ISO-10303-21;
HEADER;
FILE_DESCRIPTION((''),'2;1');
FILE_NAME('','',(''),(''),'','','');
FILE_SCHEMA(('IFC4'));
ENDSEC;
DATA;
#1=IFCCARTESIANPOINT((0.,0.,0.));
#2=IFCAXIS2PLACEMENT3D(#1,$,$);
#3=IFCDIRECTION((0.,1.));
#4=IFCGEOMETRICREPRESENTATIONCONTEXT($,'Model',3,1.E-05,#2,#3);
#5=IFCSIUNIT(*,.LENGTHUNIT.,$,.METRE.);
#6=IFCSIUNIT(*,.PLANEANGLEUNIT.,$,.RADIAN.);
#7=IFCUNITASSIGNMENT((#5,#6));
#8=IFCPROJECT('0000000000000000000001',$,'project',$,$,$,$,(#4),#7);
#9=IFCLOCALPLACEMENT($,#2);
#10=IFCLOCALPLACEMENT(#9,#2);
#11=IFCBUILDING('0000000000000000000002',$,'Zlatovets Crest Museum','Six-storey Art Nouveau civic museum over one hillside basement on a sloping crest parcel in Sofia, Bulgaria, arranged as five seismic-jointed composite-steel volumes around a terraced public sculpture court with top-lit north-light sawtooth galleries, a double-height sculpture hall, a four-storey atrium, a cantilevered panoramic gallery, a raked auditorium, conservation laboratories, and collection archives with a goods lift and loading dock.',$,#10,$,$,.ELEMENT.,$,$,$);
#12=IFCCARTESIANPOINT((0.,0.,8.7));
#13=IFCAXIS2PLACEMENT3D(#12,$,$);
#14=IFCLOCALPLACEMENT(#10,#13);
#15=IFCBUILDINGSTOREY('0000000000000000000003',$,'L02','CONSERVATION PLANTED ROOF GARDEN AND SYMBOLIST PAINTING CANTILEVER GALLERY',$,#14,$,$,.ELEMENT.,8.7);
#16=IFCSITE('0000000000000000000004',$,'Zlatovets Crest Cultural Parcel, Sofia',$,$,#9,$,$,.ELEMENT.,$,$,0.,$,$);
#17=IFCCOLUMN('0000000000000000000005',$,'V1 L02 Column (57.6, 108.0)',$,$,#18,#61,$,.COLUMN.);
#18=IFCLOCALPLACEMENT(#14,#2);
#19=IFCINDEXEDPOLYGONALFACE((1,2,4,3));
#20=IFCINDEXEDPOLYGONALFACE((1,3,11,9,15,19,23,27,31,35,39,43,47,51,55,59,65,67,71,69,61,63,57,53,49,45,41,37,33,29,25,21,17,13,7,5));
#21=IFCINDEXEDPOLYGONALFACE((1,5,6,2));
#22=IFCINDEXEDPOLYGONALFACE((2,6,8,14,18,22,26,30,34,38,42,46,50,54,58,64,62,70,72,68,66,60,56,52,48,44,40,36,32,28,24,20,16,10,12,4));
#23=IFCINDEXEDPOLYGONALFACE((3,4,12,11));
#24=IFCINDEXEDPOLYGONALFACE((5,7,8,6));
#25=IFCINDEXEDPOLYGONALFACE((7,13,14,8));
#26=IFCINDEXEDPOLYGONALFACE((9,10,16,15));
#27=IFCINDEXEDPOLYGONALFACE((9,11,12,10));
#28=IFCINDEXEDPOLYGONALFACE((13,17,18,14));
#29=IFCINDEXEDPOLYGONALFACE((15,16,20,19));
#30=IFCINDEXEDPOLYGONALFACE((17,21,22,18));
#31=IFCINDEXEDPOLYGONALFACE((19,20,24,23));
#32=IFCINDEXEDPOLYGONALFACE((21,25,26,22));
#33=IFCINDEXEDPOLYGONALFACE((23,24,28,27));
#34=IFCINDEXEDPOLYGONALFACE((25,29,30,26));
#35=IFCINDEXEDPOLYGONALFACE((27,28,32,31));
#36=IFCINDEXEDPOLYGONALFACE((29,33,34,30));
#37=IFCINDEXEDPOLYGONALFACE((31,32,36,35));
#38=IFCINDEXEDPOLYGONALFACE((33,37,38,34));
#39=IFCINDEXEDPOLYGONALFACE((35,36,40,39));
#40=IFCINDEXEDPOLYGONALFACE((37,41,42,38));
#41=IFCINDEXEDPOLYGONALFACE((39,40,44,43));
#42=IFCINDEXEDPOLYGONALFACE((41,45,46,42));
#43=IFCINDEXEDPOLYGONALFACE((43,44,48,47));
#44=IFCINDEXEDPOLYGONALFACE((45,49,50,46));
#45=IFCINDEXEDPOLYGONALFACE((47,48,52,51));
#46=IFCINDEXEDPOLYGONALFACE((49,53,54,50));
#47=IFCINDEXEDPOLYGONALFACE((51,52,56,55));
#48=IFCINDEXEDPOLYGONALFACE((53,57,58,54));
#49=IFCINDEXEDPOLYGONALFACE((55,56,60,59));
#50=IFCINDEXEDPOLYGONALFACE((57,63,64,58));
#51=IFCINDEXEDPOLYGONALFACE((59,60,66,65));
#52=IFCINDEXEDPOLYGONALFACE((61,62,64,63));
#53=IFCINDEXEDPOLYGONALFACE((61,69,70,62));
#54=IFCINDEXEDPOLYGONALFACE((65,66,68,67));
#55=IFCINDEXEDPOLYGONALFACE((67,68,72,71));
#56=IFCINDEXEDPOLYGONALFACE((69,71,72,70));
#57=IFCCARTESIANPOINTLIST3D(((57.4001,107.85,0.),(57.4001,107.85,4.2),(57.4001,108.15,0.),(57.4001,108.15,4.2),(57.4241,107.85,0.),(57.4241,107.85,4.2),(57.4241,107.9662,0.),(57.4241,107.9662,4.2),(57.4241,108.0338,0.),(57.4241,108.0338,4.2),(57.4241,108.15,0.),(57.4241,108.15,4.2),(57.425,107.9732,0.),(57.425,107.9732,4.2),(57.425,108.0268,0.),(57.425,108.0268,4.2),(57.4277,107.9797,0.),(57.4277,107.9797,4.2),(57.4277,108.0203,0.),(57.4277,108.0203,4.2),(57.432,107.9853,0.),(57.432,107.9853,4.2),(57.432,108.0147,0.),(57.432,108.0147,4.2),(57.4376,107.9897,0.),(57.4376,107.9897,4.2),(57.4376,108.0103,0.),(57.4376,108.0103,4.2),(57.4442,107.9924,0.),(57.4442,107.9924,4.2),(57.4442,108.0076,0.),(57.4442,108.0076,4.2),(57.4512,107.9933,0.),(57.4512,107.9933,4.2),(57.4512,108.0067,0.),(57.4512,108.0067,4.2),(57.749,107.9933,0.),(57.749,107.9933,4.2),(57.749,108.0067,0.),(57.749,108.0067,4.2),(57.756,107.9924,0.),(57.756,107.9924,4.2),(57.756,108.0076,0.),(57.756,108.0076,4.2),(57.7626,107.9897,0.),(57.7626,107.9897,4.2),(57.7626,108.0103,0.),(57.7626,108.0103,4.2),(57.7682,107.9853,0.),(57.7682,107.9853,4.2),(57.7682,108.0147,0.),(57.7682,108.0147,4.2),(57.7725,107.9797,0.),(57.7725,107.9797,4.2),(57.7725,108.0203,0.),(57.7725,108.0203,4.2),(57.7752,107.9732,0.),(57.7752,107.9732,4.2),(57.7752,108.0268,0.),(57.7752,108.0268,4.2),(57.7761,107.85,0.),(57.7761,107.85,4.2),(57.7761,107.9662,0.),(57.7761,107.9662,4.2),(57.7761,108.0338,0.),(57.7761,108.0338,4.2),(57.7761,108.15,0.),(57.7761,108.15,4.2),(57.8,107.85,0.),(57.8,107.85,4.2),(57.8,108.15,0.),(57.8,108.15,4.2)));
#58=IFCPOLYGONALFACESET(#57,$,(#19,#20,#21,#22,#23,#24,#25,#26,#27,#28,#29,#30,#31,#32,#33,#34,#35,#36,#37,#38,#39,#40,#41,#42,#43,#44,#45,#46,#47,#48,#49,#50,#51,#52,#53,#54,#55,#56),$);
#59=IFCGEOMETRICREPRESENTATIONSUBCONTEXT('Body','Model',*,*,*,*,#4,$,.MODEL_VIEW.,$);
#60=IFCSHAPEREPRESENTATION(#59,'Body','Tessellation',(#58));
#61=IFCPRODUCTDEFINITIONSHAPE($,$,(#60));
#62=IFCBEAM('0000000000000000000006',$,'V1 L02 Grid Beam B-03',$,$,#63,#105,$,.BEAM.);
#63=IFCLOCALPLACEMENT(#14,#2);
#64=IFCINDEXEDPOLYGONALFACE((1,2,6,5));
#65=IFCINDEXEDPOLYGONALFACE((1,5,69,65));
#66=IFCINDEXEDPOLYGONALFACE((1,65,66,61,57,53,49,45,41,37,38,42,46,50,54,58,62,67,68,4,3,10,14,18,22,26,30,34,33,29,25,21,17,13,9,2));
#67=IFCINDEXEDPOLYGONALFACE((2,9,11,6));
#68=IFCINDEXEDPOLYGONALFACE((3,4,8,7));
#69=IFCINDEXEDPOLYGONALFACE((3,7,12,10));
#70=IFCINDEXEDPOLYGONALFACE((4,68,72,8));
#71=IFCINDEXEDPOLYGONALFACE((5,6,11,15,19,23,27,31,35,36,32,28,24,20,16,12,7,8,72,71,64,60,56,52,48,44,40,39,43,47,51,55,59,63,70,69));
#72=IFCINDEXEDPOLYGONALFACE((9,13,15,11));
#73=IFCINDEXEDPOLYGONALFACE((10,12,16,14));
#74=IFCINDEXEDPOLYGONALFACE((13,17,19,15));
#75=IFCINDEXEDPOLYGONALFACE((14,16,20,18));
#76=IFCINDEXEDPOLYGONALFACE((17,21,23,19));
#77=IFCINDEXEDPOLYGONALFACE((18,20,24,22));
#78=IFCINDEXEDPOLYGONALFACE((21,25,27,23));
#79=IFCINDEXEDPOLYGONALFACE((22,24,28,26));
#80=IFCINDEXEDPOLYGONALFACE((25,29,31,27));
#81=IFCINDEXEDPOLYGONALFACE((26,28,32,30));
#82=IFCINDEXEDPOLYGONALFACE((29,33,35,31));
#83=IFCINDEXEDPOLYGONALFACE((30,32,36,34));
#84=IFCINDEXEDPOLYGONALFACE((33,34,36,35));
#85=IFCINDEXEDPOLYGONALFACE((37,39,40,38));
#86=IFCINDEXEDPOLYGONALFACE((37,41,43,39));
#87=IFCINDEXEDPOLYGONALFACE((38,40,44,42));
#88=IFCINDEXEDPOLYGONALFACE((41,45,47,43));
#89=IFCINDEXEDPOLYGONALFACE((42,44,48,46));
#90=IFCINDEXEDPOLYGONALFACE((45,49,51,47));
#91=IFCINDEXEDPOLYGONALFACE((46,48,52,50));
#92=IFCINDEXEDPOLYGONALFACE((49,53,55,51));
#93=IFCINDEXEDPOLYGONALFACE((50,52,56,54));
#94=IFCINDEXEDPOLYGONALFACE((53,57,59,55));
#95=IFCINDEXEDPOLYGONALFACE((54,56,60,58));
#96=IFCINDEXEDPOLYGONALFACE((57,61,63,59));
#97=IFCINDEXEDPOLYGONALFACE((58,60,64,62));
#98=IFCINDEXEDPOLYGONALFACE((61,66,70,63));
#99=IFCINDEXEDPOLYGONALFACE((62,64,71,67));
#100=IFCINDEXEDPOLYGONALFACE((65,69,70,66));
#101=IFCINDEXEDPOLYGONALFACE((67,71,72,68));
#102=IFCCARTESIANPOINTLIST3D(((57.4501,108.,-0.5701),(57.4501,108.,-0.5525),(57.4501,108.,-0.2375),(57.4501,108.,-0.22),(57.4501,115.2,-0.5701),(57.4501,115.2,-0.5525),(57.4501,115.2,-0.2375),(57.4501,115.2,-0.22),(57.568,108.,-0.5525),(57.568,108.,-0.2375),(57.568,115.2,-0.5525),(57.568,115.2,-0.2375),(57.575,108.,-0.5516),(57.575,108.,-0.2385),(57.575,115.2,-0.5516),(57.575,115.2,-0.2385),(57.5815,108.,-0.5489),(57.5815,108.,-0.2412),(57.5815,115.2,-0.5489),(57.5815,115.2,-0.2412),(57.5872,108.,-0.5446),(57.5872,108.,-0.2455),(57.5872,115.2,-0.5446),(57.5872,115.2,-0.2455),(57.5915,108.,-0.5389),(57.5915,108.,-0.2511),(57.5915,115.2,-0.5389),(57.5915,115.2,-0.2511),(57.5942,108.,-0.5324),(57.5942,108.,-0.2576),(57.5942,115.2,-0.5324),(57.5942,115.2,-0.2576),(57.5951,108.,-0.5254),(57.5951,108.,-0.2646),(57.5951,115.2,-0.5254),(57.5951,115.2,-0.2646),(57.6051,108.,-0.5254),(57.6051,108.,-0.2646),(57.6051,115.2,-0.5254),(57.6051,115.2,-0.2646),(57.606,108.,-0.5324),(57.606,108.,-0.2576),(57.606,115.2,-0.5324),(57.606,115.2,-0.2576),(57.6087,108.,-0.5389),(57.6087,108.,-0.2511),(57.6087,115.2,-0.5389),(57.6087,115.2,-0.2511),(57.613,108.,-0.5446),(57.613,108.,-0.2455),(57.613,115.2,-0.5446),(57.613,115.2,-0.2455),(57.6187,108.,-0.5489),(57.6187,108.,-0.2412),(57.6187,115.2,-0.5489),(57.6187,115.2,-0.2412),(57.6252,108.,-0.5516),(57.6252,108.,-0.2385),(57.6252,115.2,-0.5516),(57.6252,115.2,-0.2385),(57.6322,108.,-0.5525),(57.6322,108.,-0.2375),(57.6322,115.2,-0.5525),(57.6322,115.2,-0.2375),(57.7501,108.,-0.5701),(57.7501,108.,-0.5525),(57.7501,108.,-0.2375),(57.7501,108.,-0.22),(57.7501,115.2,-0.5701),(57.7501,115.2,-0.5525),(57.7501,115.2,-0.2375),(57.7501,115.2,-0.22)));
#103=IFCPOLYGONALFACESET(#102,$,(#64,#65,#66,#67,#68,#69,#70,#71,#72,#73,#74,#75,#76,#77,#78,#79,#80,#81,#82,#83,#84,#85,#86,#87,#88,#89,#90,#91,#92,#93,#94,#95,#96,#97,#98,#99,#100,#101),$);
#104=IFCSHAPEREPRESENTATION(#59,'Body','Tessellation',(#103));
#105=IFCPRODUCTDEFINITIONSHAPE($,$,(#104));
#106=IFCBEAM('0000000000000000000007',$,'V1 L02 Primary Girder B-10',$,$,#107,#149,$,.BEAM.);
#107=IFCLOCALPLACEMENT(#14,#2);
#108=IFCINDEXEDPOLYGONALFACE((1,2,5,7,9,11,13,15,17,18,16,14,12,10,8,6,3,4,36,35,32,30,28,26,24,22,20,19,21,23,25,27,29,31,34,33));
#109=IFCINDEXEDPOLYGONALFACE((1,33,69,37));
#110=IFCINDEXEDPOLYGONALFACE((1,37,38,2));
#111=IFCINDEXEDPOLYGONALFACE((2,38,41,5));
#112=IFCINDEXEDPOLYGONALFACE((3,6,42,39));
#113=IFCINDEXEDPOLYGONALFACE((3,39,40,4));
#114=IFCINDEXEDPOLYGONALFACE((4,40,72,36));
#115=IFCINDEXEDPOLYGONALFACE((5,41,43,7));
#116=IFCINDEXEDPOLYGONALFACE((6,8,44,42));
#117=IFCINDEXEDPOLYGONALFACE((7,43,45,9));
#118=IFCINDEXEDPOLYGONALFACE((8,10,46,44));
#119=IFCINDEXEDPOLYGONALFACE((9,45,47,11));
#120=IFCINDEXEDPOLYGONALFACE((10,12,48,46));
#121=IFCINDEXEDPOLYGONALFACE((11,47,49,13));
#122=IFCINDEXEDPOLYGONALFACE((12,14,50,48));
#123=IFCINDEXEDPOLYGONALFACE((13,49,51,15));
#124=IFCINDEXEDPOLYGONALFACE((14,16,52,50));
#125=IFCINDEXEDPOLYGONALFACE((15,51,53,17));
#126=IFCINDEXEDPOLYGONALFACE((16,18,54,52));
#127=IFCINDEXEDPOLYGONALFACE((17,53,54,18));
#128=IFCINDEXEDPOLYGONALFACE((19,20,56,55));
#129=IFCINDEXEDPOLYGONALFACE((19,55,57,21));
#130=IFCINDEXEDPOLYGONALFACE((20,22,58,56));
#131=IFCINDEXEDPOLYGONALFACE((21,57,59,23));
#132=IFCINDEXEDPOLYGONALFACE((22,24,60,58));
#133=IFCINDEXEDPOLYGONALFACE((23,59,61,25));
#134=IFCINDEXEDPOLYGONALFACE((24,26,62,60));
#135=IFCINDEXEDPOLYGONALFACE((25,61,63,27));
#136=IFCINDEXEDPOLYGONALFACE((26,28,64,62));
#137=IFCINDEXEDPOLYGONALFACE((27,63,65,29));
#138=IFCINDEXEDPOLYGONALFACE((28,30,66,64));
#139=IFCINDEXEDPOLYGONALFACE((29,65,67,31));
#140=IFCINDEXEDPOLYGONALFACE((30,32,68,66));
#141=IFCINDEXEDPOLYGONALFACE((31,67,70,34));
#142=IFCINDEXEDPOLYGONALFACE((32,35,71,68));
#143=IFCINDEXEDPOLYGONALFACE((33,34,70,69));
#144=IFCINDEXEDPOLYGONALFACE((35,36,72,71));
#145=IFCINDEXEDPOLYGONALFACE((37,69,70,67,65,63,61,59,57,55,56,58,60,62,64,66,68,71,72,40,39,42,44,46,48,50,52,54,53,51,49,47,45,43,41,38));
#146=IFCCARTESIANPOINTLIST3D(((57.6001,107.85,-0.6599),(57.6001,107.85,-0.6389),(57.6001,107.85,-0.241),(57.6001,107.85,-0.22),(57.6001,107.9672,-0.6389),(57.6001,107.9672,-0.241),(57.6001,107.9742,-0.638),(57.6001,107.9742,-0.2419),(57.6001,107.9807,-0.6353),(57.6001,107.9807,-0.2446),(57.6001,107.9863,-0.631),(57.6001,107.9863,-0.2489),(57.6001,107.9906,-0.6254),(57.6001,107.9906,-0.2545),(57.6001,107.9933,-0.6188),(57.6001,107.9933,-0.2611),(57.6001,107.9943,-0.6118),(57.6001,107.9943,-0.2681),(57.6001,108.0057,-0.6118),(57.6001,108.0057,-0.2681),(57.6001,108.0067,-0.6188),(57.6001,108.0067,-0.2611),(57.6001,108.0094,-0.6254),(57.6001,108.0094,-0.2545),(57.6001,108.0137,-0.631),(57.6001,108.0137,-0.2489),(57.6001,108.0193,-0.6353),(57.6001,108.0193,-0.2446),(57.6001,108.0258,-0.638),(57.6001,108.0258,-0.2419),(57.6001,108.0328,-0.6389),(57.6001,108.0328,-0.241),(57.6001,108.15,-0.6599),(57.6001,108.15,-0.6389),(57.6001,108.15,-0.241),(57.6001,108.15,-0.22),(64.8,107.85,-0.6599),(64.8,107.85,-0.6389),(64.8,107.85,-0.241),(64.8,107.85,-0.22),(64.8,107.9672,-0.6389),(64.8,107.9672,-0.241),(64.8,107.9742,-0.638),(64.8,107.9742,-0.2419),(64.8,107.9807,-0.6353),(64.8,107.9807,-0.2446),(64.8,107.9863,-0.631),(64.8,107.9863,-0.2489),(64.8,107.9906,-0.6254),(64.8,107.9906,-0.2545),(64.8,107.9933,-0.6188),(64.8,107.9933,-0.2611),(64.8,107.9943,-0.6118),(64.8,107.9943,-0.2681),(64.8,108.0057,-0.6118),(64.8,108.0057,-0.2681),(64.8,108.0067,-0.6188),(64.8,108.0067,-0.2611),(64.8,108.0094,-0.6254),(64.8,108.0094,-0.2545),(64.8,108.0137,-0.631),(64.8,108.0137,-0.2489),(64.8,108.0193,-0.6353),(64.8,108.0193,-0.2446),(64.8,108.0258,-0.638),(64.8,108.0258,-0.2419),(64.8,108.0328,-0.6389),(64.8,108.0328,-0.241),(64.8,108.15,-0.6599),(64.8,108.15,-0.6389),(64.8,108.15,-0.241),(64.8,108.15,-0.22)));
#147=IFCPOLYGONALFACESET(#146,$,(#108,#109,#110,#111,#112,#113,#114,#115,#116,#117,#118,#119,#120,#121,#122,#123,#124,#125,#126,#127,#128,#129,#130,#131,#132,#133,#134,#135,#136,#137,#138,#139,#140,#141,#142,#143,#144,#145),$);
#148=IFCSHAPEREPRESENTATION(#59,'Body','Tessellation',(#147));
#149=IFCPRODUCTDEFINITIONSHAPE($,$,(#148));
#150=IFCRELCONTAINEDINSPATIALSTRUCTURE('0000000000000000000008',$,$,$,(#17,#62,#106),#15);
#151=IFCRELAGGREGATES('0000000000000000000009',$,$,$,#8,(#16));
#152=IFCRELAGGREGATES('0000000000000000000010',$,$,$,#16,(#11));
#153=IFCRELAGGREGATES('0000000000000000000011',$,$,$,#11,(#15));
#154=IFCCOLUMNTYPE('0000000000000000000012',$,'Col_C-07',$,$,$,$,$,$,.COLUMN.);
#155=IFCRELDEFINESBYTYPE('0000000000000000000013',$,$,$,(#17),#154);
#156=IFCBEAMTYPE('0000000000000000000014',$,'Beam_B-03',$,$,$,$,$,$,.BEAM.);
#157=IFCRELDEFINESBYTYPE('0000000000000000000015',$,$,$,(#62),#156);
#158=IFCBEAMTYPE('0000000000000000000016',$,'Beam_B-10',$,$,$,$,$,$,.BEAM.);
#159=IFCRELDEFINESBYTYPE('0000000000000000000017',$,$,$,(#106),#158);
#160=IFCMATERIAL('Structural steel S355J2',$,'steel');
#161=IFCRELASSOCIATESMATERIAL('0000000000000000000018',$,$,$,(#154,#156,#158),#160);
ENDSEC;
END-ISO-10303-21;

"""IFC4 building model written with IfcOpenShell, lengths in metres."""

from ifc_helpers import new_model, si_unit, direction, frame, origin, origin_2d, place, context, subcontext, project, spatial, i_section, extrude, material, material_profile, profile_set, type_object, element, save


model = new_model("IFC4")

# Units and contexts
model_context = context("Model", 3, precision=1e-05, world=origin(), true_north=direction((0.0, 1.0)))
body_context = subcontext(model_context, "Body", "Model", "MODEL_VIEW")
ifc_project = project(units=[si_unit("LENGTHUNIT", "METRE"), si_unit("PLANEANGLEUNIT", "RADIAN")], contexts=[model_context])

# Site, building, storey
site_placement = place(None, origin())
site = spatial("IfcSite", under=ifc_project, at=site_placement, Name="Zlatovets Crest Cultural Parcel, Sofia", CompositionType="ELEMENT", RefElevation=0.0)
building_placement = place(site_placement, origin())
building = spatial("IfcBuilding", under=site, at=building_placement, Name="Zlatovets Crest Museum", Description="Six-storey Art Nouveau civic museum over one hillside basement on a sloping crest parcel in Sofia, Bulgaria, arranged as five seismic-jointed composite-steel volumes around a terraced public sculpture court with top-lit north-light sawtooth galleries, a double-height sculpture hall, a four-storey atrium, a cantilevered panoramic gallery, a raked auditorium, conservation laboratories, and collection archives with a goods lift and loading dock.", CompositionType="ELEMENT")
storey_placement = place(building_placement, frame((0.0, 0.0, 8.7)))
storey = spatial("IfcBuildingStorey", under=building, at=storey_placement, Name="L02", Description="CONSERVATION PLANTED ROOF GARDEN AND SYMBOLIST PAINTING CANTILEVER GALLERY", CompositionType="ELEMENT", Elevation=8.7)

# Column
ifc_material_1 = material(Name="Structural steel S355J2", Category="steel")
ifc_material_profile_1 = material_profile(ifc_material_1, i_section(OverallWidth=0.3, OverallDepth=0.3999, WebThickness=0.0134, FlangeThickness=0.0239, FilletRadius=0.0271, at=origin_2d()), Name="HEB 400")
ifc_profile_set_1 = profile_set([ifc_material_profile_1], Name="Structural steel S355J2")
column_type = type_object("IfcColumnType", Name="Col_C-07", PredefinedType="COLUMN", material=ifc_profile_set_1)
column_placement = place(storey_placement, frame((57.6001, 108.0, 0.0), z_axis=(0.0, 0.0, 1.0), x_axis=(0.0, 1.0, 0.0)))
element("IfcColumn", 1, at=column_placement, inside=storey, type_object=column_type, Name="V1 L02 Column (57.6, 108.0)", PredefinedType="COLUMN", context=body_context, shape_type="SweptSolid", body=[
    extrude(i_section(OverallWidth=0.3, OverallDepth=0.3999, WebThickness=0.0134, FlangeThickness=0.0239, FilletRadius=0.0271, at=origin_2d()), origin(), (0.0, 0.0, 1.0), 4.2),
])

# Beams
ifc_material_profile_2 = material_profile(ifc_material_1, i_section(OverallWidth=0.3, OverallDepth=0.3501, WebThickness=0.01, FlangeThickness=0.0176, FilletRadius=0.0271, at=origin_2d()), Name="HEA 360")
ifc_profile_set_2 = profile_set([ifc_material_profile_2], Name="Structural steel S355J2")
beam_type_1 = type_object("IfcBeamType", Name="Beam_B-03", PredefinedType="BEAM", material=ifc_profile_set_2)
beam_1_placement = place(storey_placement, frame((57.6001, 108.0, -0.395), z_axis=(0.0, 1.0, 0.0), x_axis=(-1.0, 0.0, 0.0)))
element("IfcBeam", 2, at=beam_1_placement, inside=storey, type_object=beam_type_1, Name="V1 L02 Grid Beam B-03", PredefinedType="BEAM", context=body_context, shape_type="SweptSolid", body=[
    extrude(i_section(OverallWidth=0.3, OverallDepth=0.3501, WebThickness=0.01, FlangeThickness=0.0176, FilletRadius=0.0271, at=origin_2d()), origin(), (0.0, 0.0, 1.0), 7.2),
])
ifc_material_profile_3 = material_profile(ifc_material_1, i_section(OverallWidth=0.3, OverallDepth=0.4399, WebThickness=0.0115, FlangeThickness=0.021, FilletRadius=0.0271, at=origin_2d()), Name="HEA 450")
ifc_profile_set_3 = profile_set([ifc_material_profile_3], Name="Structural steel S355J2")
beam_type_2 = type_object("IfcBeamType", Name="Beam_B-10", PredefinedType="BEAM", material=ifc_profile_set_3)
beam_2_placement = place(storey_placement, frame((57.6001, 108.0, -0.4399), z_axis=(1.0, 0.0, 0.0), x_axis=(0.0, 1.0, 0.0)))
element("IfcBeam", 3, at=beam_2_placement, inside=storey, type_object=beam_type_2, Name="V1 L02 Primary Girder B-10", PredefinedType="BEAM", context=body_context, shape_type="SweptSolid", body=[
    extrude(i_section(OverallWidth=0.3, OverallDepth=0.4399, WebThickness=0.0115, FlangeThickness=0.021, FilletRadius=0.0271, at=origin_2d()), origin(), (0.0, 0.0, 1.0), 7.2),
])

save(model, "model.ifc")
